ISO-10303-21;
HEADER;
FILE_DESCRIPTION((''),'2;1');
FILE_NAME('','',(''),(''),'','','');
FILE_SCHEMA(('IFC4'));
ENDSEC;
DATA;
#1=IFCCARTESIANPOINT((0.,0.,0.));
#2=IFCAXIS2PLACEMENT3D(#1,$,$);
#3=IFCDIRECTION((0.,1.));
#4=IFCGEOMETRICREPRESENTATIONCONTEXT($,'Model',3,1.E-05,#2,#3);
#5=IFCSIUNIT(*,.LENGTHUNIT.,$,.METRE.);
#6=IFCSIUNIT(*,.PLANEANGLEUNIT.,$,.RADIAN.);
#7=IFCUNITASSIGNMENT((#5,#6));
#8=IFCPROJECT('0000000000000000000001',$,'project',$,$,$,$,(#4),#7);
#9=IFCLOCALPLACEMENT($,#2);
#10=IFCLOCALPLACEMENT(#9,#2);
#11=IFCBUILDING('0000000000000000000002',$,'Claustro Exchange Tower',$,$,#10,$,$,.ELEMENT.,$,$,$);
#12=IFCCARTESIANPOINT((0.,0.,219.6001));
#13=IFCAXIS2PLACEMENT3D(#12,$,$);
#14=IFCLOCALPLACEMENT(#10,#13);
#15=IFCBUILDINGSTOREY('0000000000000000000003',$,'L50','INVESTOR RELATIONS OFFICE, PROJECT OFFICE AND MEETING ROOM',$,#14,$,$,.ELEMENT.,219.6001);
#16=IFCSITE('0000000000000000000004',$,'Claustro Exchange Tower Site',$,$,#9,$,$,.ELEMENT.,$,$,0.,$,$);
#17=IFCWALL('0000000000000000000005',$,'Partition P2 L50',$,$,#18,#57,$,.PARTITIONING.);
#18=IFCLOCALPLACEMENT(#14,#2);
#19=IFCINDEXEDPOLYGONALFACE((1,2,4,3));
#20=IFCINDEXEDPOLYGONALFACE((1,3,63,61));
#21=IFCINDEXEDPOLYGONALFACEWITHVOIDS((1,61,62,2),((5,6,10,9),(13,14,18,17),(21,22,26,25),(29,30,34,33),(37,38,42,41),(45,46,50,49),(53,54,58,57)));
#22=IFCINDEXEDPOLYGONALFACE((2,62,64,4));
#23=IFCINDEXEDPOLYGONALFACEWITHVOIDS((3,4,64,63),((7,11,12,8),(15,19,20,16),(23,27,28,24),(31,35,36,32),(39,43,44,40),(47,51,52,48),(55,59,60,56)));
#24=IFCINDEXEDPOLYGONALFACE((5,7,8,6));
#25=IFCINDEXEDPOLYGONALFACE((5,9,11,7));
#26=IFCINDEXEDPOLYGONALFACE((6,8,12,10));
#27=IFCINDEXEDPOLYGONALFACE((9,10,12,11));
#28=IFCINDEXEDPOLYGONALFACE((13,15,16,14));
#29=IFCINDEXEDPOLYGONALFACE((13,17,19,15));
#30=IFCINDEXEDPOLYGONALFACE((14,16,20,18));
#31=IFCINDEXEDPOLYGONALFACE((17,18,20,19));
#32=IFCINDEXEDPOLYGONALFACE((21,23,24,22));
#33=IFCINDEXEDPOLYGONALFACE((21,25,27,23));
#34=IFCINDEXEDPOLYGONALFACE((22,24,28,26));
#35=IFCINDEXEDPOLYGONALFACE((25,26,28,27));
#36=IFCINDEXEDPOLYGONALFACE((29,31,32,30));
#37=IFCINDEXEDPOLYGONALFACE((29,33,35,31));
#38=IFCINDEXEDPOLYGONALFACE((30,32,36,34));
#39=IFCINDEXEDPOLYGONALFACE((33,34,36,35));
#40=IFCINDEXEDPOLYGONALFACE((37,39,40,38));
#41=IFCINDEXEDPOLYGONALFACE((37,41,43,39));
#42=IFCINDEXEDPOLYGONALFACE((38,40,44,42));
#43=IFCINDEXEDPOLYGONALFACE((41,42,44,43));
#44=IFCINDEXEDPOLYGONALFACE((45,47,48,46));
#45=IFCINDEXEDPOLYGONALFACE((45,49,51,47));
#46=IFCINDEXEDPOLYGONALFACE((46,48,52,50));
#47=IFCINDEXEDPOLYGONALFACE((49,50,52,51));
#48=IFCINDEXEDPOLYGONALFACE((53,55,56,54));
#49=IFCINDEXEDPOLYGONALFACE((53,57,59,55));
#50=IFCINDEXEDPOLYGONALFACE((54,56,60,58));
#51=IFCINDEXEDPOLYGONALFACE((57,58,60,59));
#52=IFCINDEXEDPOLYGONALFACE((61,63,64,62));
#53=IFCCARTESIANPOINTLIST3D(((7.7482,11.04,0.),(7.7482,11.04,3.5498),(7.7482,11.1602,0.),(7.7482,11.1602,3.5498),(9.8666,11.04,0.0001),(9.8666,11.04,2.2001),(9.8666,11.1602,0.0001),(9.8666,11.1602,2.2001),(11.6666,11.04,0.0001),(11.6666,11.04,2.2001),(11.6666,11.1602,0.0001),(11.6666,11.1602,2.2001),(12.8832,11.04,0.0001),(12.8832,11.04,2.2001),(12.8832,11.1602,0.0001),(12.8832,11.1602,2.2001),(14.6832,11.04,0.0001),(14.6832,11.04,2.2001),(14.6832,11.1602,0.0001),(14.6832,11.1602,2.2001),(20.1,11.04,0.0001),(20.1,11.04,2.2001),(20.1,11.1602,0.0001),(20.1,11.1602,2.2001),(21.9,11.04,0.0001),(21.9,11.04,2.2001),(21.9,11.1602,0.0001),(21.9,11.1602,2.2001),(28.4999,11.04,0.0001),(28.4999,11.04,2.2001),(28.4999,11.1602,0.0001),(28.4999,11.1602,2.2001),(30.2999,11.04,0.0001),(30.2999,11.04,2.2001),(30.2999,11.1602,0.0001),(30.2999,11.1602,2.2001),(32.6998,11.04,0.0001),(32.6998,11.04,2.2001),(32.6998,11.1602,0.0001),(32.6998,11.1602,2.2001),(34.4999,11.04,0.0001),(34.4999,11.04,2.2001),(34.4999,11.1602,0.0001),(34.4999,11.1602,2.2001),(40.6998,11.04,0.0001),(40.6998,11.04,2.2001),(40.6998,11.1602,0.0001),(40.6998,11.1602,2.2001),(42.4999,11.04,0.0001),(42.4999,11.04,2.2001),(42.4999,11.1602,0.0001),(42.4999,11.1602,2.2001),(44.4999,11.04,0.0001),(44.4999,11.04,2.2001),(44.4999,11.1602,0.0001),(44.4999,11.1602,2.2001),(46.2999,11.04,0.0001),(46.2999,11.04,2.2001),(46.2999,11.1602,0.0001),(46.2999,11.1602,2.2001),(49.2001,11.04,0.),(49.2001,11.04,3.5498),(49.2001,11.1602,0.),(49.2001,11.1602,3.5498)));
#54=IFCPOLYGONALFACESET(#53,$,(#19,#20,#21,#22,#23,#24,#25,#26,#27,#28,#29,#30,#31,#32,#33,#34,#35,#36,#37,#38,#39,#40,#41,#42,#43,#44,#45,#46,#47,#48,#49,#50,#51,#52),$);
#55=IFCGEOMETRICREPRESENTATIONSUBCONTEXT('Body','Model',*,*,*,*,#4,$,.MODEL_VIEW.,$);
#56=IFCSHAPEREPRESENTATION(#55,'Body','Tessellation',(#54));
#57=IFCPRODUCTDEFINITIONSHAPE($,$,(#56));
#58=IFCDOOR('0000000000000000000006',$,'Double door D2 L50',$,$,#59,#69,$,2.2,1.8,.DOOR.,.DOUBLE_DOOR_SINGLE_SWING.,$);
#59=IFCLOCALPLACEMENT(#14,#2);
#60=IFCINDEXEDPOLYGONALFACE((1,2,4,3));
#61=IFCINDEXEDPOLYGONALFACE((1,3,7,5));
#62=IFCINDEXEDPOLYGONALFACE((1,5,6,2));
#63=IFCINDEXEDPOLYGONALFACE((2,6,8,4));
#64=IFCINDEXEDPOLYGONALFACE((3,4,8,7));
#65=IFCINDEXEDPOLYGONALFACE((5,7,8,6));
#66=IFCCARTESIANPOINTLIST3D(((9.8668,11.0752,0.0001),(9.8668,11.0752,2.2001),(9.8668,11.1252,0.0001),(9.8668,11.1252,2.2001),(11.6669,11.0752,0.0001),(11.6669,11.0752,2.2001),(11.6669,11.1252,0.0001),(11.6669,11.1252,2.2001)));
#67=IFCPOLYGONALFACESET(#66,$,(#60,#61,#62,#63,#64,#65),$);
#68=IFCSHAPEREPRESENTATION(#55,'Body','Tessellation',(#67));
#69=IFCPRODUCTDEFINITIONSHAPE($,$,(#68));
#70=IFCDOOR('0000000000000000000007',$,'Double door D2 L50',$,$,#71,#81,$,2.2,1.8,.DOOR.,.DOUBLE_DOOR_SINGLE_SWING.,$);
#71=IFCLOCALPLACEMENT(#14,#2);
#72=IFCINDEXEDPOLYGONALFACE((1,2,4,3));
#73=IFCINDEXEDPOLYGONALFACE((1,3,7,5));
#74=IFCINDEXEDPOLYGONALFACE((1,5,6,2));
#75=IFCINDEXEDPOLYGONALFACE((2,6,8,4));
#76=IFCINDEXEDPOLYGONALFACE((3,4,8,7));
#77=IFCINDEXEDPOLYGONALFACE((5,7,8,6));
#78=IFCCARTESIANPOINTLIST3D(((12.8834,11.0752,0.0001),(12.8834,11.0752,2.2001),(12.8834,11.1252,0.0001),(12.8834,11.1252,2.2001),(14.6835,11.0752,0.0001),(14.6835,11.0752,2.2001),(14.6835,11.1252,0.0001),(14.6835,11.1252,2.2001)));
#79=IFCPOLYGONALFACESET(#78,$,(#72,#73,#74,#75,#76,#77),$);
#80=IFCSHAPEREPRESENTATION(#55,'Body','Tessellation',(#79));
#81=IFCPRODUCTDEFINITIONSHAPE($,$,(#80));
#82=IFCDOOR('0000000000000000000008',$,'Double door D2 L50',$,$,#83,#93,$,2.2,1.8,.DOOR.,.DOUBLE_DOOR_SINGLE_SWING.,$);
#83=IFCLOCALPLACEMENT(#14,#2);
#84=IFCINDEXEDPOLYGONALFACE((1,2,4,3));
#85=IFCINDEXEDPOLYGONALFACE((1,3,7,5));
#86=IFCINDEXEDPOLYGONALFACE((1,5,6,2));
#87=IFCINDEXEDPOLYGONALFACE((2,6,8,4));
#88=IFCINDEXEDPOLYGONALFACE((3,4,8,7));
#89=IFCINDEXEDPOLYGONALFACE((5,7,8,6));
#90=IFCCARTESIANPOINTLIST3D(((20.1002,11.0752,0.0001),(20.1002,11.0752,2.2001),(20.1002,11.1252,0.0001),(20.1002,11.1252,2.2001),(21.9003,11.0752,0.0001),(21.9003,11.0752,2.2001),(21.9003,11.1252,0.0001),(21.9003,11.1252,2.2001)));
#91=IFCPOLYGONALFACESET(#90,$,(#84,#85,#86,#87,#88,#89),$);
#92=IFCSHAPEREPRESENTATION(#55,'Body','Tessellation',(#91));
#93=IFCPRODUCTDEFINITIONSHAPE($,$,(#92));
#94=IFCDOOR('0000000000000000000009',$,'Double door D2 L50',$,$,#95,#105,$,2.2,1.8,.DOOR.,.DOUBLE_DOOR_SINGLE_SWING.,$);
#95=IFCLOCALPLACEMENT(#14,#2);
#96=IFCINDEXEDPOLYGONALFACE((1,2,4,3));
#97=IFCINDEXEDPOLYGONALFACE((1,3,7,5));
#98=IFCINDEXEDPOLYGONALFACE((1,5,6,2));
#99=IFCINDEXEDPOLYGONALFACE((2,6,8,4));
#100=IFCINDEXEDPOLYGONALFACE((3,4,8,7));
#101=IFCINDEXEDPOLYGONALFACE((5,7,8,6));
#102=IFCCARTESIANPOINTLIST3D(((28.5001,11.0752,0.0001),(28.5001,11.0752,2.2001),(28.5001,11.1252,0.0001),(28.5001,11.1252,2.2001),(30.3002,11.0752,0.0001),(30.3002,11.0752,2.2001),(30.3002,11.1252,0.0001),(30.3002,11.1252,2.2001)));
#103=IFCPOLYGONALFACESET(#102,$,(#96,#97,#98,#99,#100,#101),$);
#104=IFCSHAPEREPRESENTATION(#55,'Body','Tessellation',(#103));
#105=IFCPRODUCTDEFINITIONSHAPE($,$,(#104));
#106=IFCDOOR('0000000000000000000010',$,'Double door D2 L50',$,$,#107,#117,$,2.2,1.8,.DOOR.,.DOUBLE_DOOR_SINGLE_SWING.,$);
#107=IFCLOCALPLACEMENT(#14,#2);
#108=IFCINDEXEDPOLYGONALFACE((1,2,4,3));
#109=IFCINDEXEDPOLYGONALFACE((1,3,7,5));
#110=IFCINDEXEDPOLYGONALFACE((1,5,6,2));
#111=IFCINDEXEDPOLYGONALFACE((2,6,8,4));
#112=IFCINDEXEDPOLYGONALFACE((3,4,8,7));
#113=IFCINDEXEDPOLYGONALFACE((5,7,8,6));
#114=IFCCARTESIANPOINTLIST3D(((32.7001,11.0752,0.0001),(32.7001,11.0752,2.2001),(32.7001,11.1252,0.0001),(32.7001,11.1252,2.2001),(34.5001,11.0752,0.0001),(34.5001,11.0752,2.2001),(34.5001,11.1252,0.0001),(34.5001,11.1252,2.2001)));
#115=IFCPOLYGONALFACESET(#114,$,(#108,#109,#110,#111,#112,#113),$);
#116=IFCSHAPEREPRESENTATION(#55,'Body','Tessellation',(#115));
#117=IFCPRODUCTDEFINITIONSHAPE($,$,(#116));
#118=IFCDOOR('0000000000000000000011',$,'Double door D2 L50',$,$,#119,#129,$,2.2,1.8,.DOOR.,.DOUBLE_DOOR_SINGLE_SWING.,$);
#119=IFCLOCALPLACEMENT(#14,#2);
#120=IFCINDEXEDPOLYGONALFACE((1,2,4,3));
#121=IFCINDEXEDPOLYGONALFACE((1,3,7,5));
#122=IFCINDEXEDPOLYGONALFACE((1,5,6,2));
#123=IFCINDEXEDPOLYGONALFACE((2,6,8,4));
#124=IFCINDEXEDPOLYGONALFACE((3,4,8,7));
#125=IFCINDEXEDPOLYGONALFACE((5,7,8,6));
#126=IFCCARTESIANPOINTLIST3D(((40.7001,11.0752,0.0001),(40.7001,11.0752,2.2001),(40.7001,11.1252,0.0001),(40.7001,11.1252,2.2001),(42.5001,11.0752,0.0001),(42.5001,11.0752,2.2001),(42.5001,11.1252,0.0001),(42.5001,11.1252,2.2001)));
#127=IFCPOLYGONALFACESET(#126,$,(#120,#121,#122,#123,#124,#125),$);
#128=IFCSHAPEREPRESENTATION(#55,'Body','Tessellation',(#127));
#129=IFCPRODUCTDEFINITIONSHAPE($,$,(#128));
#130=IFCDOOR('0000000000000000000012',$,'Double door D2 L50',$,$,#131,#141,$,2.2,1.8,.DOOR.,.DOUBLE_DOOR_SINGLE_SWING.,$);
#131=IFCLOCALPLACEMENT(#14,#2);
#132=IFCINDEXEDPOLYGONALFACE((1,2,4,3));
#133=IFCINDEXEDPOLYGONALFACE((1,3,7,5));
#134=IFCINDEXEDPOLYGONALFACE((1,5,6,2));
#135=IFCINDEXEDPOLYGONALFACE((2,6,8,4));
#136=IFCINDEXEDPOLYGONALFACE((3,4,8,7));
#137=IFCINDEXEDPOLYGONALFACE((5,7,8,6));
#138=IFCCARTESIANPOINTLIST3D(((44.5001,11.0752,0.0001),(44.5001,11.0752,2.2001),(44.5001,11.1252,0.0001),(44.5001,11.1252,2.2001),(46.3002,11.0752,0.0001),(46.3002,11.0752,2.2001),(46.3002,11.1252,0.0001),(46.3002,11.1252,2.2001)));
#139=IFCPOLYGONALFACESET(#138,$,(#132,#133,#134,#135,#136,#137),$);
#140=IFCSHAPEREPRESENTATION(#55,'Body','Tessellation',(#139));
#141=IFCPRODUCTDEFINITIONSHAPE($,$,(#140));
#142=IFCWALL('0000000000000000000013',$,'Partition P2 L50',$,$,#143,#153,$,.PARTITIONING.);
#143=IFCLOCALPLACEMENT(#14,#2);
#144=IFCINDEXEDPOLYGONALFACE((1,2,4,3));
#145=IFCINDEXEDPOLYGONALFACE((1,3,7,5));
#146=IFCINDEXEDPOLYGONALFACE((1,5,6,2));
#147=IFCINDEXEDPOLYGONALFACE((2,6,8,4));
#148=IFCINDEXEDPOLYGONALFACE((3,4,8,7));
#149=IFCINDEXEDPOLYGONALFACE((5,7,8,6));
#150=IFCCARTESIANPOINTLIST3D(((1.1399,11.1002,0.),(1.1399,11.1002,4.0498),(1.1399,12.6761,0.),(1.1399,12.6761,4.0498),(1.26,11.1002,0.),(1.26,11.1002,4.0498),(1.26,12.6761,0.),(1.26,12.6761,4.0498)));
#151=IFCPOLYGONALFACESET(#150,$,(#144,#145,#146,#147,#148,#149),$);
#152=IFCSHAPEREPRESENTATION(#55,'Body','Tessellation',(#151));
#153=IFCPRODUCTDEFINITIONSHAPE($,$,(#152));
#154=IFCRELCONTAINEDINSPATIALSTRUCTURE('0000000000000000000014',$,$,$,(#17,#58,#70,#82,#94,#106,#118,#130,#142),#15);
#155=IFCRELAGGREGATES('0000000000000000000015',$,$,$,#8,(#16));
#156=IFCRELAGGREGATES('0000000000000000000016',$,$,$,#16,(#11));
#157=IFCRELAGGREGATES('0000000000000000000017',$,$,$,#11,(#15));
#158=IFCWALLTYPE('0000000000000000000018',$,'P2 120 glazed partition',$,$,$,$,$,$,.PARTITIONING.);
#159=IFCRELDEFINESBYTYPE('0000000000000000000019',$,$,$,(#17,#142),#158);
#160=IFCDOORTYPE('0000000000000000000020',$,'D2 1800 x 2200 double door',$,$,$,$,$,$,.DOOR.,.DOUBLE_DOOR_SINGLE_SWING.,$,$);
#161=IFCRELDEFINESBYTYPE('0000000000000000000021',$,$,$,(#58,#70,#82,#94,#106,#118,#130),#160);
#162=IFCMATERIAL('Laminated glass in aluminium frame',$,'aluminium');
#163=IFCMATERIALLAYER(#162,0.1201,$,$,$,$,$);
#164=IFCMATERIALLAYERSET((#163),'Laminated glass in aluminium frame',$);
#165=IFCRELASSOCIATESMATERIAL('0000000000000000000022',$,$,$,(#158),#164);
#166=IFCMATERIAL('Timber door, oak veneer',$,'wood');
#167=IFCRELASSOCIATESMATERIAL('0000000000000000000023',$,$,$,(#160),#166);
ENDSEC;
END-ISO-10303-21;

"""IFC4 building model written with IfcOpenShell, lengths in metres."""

from ifc_helpers import new_model, si_unit, direction, frame, frame_2d, origin, place, context, subcontext, project, spatial, rectangle, extrude, material, layer, layer_set, type_object, element, fill, save


model = new_model("IFC4")

# Units and contexts
model_context = context("Model", 3, precision=1e-05, world=origin(), true_north=direction((0.0, 1.0)))
body_context = subcontext(model_context, "Body", "Model", "MODEL_VIEW")
ifc_project = project(units=[si_unit("LENGTHUNIT", "METRE"), si_unit("PLANEANGLEUNIT", "RADIAN")], contexts=[model_context])

# Site, building, storey
site_placement = place(None, origin())
site = spatial("IfcSite", under=ifc_project, at=site_placement, Name="Claustro Exchange Tower Site", CompositionType="ELEMENT", RefElevation=0.0)
building_placement = place(site_placement, origin())
building = spatial("IfcBuilding", under=site, at=building_placement, Name="Claustro Exchange Tower", CompositionType="ELEMENT")
storey_placement = place(building_placement, frame((0.0, 0.0, 219.6001)))
storey = spatial("IfcBuildingStorey", under=building, at=storey_placement, Name="L50", Description="INVESTOR RELATIONS OFFICE, PROJECT OFFICE AND MEETING ROOM", CompositionType="ELEMENT", Elevation=219.6001)

# Wall, openings, doors
ifc_material_1 = material(Name="Laminated glass in aluminium frame", Category="aluminium")
ifc_layer_1 = layer(ifc_material_1, 0.1201)
ifc_layer_set_1 = layer_set([ifc_layer_1], Name="Laminated glass in aluminium frame")
wall_type_1 = type_object("IfcWallType", Name="P2 120 glazed partition", PredefinedType="PARTITIONING", material=ifc_layer_set_1)
wall_1_placement = place(storey_placement, frame((7.748, 11.1001, 0.0), z_axis=(0.0, 0.0, 1.0), x_axis=(1.0, 0.0, 0.0)))
wall_1 = element("IfcWall", 1, at=wall_1_placement, inside=storey, type_object=wall_type_1, Name="Partition P2 L50", PredefinedType="PARTITIONING", context=body_context, shape_type="SweptSolid", body=[
    extrude(rectangle(XDim=41.4519, YDim=0.1201, at=frame_2d((20.7261, 0.0))), origin(), (0.0, 0.0, 1.0), 3.5498),
])
opening_1_placement = place(wall_1_placement, frame((2.1187, 0.0, 0.0)))
opening_1 = element("IfcOpeningElement", 2, at=opening_1_placement, cuts=wall_1, PredefinedType="OPENING", context=body_context, shape_type="SweptSolid", body=[
    extrude(rectangle(XDim=1.8, YDim=2.2, at=frame_2d((0.8999, 1.1001))), frame((0.0, 0.0701, 0.0), z_axis=(0.0, -1.0, 0.0), x_axis=(1.0, 0.0, 0.0)), (0.0, 0.0, 1.0), 0.1401),
])
opening_2_placement = place(wall_1_placement, frame((5.1353, 0.0, 0.0)))
opening_2 = element("IfcOpeningElement", 3, at=opening_2_placement, cuts=wall_1, PredefinedType="OPENING", context=body_context, shape_type="SweptSolid", body=[
    extrude(rectangle(XDim=1.8, YDim=2.2, at=frame_2d((0.8999, 1.1001))), frame((0.0, 0.0701, 0.0), z_axis=(0.0, -1.0, 0.0), x_axis=(1.0, 0.0, 0.0)), (0.0, 0.0, 1.0), 0.1401),
])
opening_3_placement = place(wall_1_placement, frame((12.3521, 0.0, 0.0)))
opening_3 = element("IfcOpeningElement", 4, at=opening_3_placement, cuts=wall_1, PredefinedType="OPENING", context=body_context, shape_type="SweptSolid", body=[
    extrude(rectangle(XDim=1.8, YDim=2.2, at=frame_2d((0.8999, 1.1001))), frame((0.0, 0.0701, 0.0), z_axis=(0.0, -1.0, 0.0), x_axis=(1.0, 0.0, 0.0)), (0.0, 0.0, 1.0), 0.1401),
])
opening_4_placement = place(wall_1_placement, frame((20.752, 0.0, 0.0)))
opening_4 = element("IfcOpeningElement", 5, at=opening_4_placement, cuts=wall_1, PredefinedType="OPENING", context=body_context, shape_type="SweptSolid", body=[
    extrude(rectangle(XDim=1.8, YDim=2.2, at=frame_2d((0.8999, 1.1001))), frame((0.0, 0.0701, 0.0), z_axis=(0.0, -1.0, 0.0), x_axis=(1.0, 0.0, 0.0)), (0.0, 0.0, 1.0), 0.1401),
])
opening_5_placement = place(wall_1_placement, frame((24.9519, 0.0, 0.0)))
opening_5 = element("IfcOpeningElement", 6, at=opening_5_placement, cuts=wall_1, PredefinedType="OPENING", context=body_context, shape_type="SweptSolid", body=[
    extrude(rectangle(XDim=1.8, YDim=2.2, at=frame_2d((0.8999, 1.1001))), frame((0.0, 0.0701, 0.0), z_axis=(0.0, -1.0, 0.0), x_axis=(1.0, 0.0, 0.0)), (0.0, 0.0, 1.0), 0.1401),
])
opening_6_placement = place(wall_1_placement, frame((32.9519, 0.0, 0.0)))
opening_6 = element("IfcOpeningElement", 7, at=opening_6_placement, cuts=wall_1, PredefinedType="OPENING", context=body_context, shape_type="SweptSolid", body=[
    extrude(rectangle(XDim=1.8, YDim=2.2, at=frame_2d((0.8999, 1.1001))), frame((0.0, 0.0701, 0.0), z_axis=(0.0, -1.0, 0.0), x_axis=(1.0, 0.0, 0.0)), (0.0, 0.0, 1.0), 0.1401),
])
opening_7_placement = place(wall_1_placement, frame((36.752, 0.0, 0.0)))
opening_7 = element("IfcOpeningElement", 8, at=opening_7_placement, cuts=wall_1, PredefinedType="OPENING", context=body_context, shape_type="SweptSolid", body=[
    extrude(rectangle(XDim=1.8, YDim=2.2, at=frame_2d((0.8999, 1.1001))), frame((0.0, 0.0701, 0.0), z_axis=(0.0, -1.0, 0.0), x_axis=(1.0, 0.0, 0.0)), (0.0, 0.0, 1.0), 0.1401),
])
ifc_material_2 = material(Name="Timber door, oak veneer", Category="wood")
door_type_1 = type_object("IfcDoorType", Name="D2 1800 x 2200 double door", OperationType="DOUBLE_DOOR_SINGLE_SWING", PredefinedType="DOOR", material=ifc_material_2)
door_1_placement = place(opening_1_placement, frame((1.8, 0.0, 0.0), z_axis=(0.0, 0.0, 1.0), x_axis=(-1.0, 0.0, 0.0)))
door_1 = element("IfcDoor", 9, at=door_1_placement, inside=storey, type_object=door_type_1, Name="Double door D2 L50", OperationType="DOUBLE_DOOR_SINGLE_SWING", OverallHeight=2.2, OverallWidth=1.8, PredefinedType="DOOR", context=body_context, shape_type="SweptSolid", body=[
    extrude(rectangle(XDim=1.8, YDim=2.2, at=frame_2d((0.8999, 1.1001))), frame((0.0, 0.0249, 0.0), z_axis=(0.0, -1.0, 0.0), x_axis=(1.0, 0.0, 0.0)), (0.0, 0.0, 1.0), 0.05),
])
fill(opening_1, door_1)
door_2_placement = place(opening_2_placement, frame((1.8, 0.0, 0.0), z_axis=(0.0, 0.0, 1.0), x_axis=(-1.0, 0.0, 0.0)))
door_2 = element("IfcDoor", 10, at=door_2_placement, inside=storey, type_object=door_type_1, Name="Double door D2 L50", OperationType="DOUBLE_DOOR_SINGLE_SWING", OverallHeight=2.2, OverallWidth=1.8, PredefinedType="DOOR", context=body_context, shape_type="SweptSolid", body=[
    extrude(rectangle(XDim=1.8, YDim=2.2, at=frame_2d((0.8999, 1.1001))), frame((0.0, 0.0249, 0.0), z_axis=(0.0, -1.0, 0.0), x_axis=(1.0, 0.0, 0.0)), (0.0, 0.0, 1.0), 0.05),
])
fill(opening_2, door_2)
door_3_placement = place(opening_3_placement, frame((1.8, 0.0, 0.0), z_axis=(0.0, 0.0, 1.0), x_axis=(-1.0, 0.0, 0.0)))
door_3 = element("IfcDoor", 11, at=door_3_placement, inside=storey, type_object=door_type_1, Name="Double door D2 L50", OperationType="DOUBLE_DOOR_SINGLE_SWING", OverallHeight=2.2, OverallWidth=1.8, PredefinedType="DOOR", context=body_context, shape_type="SweptSolid", body=[
    extrude(rectangle(XDim=1.8, YDim=2.2, at=frame_2d((0.8999, 1.1001))), frame((0.0, 0.0249, 0.0), z_axis=(0.0, -1.0, 0.0), x_axis=(1.0, 0.0, 0.0)), (0.0, 0.0, 1.0), 0.05),
])
fill(opening_3, door_3)
door_4_placement = place(opening_4_placement, frame((1.8, 0.0, 0.0), z_axis=(0.0, 0.0, 1.0), x_axis=(-1.0, 0.0, 0.0)))
door_4 = element("IfcDoor", 12, at=door_4_placement, inside=storey, type_object=door_type_1, Name="Double door D2 L50", OperationType="DOUBLE_DOOR_SINGLE_SWING", OverallHeight=2.2, OverallWidth=1.8, PredefinedType="DOOR", context=body_context, shape_type="SweptSolid", body=[
    extrude(rectangle(XDim=1.8, YDim=2.2, at=frame_2d((0.8999, 1.1001))), frame((0.0, 0.0249, 0.0), z_axis=(0.0, -1.0, 0.0), x_axis=(1.0, 0.0, 0.0)), (0.0, 0.0, 1.0), 0.05),
])
fill(opening_4, door_4)
door_5_placement = place(opening_5_placement, frame((1.8, 0.0, 0.0), z_axis=(0.0, 0.0, 1.0), x_axis=(-1.0, 0.0, 0.0)))
door_5 = element("IfcDoor", 13, at=door_5_placement, inside=storey, type_object=door_type_1, Name="Double door D2 L50", OperationType="DOUBLE_DOOR_SINGLE_SWING", OverallHeight=2.2, OverallWidth=1.8, PredefinedType="DOOR", context=body_context, shape_type="SweptSolid", body=[
    extrude(rectangle(XDim=1.8, YDim=2.2, at=frame_2d((0.8999, 1.1001))), frame((0.0, 0.0249, 0.0), z_axis=(0.0, -1.0, 0.0), x_axis=(1.0, 0.0, 0.0)), (0.0, 0.0, 1.0), 0.05),
])
fill(opening_5, door_5)
door_6_placement = place(opening_6_placement, frame((1.8, 0.0, 0.0), z_axis=(0.0, 0.0, 1.0), x_axis=(-1.0, 0.0, 0.0)))
door_6 = element("IfcDoor", 14, at=door_6_placement, inside=storey, type_object=door_type_1, Name="Double door D2 L50", OperationType="DOUBLE_DOOR_SINGLE_SWING", OverallHeight=2.2, OverallWidth=1.8, PredefinedType="DOOR", context=body_context, shape_type="SweptSolid", body=[
    extrude(rectangle(XDim=1.8, YDim=2.2, at=frame_2d((0.8999, 1.1001))), frame((0.0, 0.0249, 0.0), z_axis=(0.0, -1.0, 0.0), x_axis=(1.0, 0.0, 0.0)), (0.0, 0.0, 1.0), 0.05),
])
fill(opening_6, door_6)
door_7_placement = place(opening_7_placement, frame((1.8, 0.0, 0.0), z_axis=(0.0, 0.0, 1.0), x_axis=(-1.0, 0.0, 0.0)))
door_7 = element("IfcDoor", 15, at=door_7_placement, inside=storey, type_object=door_type_1, Name="Double door D2 L50", OperationType="DOUBLE_DOOR_SINGLE_SWING", OverallHeight=2.2, OverallWidth=1.8, PredefinedType="DOOR", context=body_context, shape_type="SweptSolid", body=[
    extrude(rectangle(XDim=1.8, YDim=2.2, at=frame_2d((0.8999, 1.1001))), frame((0.0, 0.0249, 0.0), z_axis=(0.0, -1.0, 0.0), x_axis=(1.0, 0.0, 0.0)), (0.0, 0.0, 1.0), 0.05),
])
fill(opening_7, door_7)

# Wall
wall_2_placement = place(storey_placement, frame((1.2, 11.1001, 0.0), z_axis=(0.0, 0.0, 1.0), x_axis=(0.0, 1.0, 0.0)))
element("IfcWall", 16, at=wall_2_placement, inside=storey, type_object=wall_type_1, Name="Partition P2 L50", PredefinedType="PARTITIONING", context=body_context, shape_type="SweptSolid", body=[
    extrude(rectangle(XDim=1.5759, YDim=0.1201, at=frame_2d((0.7881, 0.0))), origin(), (0.0, 0.0, 1.0), 4.0498),
])

save(model, "model.ifc")
